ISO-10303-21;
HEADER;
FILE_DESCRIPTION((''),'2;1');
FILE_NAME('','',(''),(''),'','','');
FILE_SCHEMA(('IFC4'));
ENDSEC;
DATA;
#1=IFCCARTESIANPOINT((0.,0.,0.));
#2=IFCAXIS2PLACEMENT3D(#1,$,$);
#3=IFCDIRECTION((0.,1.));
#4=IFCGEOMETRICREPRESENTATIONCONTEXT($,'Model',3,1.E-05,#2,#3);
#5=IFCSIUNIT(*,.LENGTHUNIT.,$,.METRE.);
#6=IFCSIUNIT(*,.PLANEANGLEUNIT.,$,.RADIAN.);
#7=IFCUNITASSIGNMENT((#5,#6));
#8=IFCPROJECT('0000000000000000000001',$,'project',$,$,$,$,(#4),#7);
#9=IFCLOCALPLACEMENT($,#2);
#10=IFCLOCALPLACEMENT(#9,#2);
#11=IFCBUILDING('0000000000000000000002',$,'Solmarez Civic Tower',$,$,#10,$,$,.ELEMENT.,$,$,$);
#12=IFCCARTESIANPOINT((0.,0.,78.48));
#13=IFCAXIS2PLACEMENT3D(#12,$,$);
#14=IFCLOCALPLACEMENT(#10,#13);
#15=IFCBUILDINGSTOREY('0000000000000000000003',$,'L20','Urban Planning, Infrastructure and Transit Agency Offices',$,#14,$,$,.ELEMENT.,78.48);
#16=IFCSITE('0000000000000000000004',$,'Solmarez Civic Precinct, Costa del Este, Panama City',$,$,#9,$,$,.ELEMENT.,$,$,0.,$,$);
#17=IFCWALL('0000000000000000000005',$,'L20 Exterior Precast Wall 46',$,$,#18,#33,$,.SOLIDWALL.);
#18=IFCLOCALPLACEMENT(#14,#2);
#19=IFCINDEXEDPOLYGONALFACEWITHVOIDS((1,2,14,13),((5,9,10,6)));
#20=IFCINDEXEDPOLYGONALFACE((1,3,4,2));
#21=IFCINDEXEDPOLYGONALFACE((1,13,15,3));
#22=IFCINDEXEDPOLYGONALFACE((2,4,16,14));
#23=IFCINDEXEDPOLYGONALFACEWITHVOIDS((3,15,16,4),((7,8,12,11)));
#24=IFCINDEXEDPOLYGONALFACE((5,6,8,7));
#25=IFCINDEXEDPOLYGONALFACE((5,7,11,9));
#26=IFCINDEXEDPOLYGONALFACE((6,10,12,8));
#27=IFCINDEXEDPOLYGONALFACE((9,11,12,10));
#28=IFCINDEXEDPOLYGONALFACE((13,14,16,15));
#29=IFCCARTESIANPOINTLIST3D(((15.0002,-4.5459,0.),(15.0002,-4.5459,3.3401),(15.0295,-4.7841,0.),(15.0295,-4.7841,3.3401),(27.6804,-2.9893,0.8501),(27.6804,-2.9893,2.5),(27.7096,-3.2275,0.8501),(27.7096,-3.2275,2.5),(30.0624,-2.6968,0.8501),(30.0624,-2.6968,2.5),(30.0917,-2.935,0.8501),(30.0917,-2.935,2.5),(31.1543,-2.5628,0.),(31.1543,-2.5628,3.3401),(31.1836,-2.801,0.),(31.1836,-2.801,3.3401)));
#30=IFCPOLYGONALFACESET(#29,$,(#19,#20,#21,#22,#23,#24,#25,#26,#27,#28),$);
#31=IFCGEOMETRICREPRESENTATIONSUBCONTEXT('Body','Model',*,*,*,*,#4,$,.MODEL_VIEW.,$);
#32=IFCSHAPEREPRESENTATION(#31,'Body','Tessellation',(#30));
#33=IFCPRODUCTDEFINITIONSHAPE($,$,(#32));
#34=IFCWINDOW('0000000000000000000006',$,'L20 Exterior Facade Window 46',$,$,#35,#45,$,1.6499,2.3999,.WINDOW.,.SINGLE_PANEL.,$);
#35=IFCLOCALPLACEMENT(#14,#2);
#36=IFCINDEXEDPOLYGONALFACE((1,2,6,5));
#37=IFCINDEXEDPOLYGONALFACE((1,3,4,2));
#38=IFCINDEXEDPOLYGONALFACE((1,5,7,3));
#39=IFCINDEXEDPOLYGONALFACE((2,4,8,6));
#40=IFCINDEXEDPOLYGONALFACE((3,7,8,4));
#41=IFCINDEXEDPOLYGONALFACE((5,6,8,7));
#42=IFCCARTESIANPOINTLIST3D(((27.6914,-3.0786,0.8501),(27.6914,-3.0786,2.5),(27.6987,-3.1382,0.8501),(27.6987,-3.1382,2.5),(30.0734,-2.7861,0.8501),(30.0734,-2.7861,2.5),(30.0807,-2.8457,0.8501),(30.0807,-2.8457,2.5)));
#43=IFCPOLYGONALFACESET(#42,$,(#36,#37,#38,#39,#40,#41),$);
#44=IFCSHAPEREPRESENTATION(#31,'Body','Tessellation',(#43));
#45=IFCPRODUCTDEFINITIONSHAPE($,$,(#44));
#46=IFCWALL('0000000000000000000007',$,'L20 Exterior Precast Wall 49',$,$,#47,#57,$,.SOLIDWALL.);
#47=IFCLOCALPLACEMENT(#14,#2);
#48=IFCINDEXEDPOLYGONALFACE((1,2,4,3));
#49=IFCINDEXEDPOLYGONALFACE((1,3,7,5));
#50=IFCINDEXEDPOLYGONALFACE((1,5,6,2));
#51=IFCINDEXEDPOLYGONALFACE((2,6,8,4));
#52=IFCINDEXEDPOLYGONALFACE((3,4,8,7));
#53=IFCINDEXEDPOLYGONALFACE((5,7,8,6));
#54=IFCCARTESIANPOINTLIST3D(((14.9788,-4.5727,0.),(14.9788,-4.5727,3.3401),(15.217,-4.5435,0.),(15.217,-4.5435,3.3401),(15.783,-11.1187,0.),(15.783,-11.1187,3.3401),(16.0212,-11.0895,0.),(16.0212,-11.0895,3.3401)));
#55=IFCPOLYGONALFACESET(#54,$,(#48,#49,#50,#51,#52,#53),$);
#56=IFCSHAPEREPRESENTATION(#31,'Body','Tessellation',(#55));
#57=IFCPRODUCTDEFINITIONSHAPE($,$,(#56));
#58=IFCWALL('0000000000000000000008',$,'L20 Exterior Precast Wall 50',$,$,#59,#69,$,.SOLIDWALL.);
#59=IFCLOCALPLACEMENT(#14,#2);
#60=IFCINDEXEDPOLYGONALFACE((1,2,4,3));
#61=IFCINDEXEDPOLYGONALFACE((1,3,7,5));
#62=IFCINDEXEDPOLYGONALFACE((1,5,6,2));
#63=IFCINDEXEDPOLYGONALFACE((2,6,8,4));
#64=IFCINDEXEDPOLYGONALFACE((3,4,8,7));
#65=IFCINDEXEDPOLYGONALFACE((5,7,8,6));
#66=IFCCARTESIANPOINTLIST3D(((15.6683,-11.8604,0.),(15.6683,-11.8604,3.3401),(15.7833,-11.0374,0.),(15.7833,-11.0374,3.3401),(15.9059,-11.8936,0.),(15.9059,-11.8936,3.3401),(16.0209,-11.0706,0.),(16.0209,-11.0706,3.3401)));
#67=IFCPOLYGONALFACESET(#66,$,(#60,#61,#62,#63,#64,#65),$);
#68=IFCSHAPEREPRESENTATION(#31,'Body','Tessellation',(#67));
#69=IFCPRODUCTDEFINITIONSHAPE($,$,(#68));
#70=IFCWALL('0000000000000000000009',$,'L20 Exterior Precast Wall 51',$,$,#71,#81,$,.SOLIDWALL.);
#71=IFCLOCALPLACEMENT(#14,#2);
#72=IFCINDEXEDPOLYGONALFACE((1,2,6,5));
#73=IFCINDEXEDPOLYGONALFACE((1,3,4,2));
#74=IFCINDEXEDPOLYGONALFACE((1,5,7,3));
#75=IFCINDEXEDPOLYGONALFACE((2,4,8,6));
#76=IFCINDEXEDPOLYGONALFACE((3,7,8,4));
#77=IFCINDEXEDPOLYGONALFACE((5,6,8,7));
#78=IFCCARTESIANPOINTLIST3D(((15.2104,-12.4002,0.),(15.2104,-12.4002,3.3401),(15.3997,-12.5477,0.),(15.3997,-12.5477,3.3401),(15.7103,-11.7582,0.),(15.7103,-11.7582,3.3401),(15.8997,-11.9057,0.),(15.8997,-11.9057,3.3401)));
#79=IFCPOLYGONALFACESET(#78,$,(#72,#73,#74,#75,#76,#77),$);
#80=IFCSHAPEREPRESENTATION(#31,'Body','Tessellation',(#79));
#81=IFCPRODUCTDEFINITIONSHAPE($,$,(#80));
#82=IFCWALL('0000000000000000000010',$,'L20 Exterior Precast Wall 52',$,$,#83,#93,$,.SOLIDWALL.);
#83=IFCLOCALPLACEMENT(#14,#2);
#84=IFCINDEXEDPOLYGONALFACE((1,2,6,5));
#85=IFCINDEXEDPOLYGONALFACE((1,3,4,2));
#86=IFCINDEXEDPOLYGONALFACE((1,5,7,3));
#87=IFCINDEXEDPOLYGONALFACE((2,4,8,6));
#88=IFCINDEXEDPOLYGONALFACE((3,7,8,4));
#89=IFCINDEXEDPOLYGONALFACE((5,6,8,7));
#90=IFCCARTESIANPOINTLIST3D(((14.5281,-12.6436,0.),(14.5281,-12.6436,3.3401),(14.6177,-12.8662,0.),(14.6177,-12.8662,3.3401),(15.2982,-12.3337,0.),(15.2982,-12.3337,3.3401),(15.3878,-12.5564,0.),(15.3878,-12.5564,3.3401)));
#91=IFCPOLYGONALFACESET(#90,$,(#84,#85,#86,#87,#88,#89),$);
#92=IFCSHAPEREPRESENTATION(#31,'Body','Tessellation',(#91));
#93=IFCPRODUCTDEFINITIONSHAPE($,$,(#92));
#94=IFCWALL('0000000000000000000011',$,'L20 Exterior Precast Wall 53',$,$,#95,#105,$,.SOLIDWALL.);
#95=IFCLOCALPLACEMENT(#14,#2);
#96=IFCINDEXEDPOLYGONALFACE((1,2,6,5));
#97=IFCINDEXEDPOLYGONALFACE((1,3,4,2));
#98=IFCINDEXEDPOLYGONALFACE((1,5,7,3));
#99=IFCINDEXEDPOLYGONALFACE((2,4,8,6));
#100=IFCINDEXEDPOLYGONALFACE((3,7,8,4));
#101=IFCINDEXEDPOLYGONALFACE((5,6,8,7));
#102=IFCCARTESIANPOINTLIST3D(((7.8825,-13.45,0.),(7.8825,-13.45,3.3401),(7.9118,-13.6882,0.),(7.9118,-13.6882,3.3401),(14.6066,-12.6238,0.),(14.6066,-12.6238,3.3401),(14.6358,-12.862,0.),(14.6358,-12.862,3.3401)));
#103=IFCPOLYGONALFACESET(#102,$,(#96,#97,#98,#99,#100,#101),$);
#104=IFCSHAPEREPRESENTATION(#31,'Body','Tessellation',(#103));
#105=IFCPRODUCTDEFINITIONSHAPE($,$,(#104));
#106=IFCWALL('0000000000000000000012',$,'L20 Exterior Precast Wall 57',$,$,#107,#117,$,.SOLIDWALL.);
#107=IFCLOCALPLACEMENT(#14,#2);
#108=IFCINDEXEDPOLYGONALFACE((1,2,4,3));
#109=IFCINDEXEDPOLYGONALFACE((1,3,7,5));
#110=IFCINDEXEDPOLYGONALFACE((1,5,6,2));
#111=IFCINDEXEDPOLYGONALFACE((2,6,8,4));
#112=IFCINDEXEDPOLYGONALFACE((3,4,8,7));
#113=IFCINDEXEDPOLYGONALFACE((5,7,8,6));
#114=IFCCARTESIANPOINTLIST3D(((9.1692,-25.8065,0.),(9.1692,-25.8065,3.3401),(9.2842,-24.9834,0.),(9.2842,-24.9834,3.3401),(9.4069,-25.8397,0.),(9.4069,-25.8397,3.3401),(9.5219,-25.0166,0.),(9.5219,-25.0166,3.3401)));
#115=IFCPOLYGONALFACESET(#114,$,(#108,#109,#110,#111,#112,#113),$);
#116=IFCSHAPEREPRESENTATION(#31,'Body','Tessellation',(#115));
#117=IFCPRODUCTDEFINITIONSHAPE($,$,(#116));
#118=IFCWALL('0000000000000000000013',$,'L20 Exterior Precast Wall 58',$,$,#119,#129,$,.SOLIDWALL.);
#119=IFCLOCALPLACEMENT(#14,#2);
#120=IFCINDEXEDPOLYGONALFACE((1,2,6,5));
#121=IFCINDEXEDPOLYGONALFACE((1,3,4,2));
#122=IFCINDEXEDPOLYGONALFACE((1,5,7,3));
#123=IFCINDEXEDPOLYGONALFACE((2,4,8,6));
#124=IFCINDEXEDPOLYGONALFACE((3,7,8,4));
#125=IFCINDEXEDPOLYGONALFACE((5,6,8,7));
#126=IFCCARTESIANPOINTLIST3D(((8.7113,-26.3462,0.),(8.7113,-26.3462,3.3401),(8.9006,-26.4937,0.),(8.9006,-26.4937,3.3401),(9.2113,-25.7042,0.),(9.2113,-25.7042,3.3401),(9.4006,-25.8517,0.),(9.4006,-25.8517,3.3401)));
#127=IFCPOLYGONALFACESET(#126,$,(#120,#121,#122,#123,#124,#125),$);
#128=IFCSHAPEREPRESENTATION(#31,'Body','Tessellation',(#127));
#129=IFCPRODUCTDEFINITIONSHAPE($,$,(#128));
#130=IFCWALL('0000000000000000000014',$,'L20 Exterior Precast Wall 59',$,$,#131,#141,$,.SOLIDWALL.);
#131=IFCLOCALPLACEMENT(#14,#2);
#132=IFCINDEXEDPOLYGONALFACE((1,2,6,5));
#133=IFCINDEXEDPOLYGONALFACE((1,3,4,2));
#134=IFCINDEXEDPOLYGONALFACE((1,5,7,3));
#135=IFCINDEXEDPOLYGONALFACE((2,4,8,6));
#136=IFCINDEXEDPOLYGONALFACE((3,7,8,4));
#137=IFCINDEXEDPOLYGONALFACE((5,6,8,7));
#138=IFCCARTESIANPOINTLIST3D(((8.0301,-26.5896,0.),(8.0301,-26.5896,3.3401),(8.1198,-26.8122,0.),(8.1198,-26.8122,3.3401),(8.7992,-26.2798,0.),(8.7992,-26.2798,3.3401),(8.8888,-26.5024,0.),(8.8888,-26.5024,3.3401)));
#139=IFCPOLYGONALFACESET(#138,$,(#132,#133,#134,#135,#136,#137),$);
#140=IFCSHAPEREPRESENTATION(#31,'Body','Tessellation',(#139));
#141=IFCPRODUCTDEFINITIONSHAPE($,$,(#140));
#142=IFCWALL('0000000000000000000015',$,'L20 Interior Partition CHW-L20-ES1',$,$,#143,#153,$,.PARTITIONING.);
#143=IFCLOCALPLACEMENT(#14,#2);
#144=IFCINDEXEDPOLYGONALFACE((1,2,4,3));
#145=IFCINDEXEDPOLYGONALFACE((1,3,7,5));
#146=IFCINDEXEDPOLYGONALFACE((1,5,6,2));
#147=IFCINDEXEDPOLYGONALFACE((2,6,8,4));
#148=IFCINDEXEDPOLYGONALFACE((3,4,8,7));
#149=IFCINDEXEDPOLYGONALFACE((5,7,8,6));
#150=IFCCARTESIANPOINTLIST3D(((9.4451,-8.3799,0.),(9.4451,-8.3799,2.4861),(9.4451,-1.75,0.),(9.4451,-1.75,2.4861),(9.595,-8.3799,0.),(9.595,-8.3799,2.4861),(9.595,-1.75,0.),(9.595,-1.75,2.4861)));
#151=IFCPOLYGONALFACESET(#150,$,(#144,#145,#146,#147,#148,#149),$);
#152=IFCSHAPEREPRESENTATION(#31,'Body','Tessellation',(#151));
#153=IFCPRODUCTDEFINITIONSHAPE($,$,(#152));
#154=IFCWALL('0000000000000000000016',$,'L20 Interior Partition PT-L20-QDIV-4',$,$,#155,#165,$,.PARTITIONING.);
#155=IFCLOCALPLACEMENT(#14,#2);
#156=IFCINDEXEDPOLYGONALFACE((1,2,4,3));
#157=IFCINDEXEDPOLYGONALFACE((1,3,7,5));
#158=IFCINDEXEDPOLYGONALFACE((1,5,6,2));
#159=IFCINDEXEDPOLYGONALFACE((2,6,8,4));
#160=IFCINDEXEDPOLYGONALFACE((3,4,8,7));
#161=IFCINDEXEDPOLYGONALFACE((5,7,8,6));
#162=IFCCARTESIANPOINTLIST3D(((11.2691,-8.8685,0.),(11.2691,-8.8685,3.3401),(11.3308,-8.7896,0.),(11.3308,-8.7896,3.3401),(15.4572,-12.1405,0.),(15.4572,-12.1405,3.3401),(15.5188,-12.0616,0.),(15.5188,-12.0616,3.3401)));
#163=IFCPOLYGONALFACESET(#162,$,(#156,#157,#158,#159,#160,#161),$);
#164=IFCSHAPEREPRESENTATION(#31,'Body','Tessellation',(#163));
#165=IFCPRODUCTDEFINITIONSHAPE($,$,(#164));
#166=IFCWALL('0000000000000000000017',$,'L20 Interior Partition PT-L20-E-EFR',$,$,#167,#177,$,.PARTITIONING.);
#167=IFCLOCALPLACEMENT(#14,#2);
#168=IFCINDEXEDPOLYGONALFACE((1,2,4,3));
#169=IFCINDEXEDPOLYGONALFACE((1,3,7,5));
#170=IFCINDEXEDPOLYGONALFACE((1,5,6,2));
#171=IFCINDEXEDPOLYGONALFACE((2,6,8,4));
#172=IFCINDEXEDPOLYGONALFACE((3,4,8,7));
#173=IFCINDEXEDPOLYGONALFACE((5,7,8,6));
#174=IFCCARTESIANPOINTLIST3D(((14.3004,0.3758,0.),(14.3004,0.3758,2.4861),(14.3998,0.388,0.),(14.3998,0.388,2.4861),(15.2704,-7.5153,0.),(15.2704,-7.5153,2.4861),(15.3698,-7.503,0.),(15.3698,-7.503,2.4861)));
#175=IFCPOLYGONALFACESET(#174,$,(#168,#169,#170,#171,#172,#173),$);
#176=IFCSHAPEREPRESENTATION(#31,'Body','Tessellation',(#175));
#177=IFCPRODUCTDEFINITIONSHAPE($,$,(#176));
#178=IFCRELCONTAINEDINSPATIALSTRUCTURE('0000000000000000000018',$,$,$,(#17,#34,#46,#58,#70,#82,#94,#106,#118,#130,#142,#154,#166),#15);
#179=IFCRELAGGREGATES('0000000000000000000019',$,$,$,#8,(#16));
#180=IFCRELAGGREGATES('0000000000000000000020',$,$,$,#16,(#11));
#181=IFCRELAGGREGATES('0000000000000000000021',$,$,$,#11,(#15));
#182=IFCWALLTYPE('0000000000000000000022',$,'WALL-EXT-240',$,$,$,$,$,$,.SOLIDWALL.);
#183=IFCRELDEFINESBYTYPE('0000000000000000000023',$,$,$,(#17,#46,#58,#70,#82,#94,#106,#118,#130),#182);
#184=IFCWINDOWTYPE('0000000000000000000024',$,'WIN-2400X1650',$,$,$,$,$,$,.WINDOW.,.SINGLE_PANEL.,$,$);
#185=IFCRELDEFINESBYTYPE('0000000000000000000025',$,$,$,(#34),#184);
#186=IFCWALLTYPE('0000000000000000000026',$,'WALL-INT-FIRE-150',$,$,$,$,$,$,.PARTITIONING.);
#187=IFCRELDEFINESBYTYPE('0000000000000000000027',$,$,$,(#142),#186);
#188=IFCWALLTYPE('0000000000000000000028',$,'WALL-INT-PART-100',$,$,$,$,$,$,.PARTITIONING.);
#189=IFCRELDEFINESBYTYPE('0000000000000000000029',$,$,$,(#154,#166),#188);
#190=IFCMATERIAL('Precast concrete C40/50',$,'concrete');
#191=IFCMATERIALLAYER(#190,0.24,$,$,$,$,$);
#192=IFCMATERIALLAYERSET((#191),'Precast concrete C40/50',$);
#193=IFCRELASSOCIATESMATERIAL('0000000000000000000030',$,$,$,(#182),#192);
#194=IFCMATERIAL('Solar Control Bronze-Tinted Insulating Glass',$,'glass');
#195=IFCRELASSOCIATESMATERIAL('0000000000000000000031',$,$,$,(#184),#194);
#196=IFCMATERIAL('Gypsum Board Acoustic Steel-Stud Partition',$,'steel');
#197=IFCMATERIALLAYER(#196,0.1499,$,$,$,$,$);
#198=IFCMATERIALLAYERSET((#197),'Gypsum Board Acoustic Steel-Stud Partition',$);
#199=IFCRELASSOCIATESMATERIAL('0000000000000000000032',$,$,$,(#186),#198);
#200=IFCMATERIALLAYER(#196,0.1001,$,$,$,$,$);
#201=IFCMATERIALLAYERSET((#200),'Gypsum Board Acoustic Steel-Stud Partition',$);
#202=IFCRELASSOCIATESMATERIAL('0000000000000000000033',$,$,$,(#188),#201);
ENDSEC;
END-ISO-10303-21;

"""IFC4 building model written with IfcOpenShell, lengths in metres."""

from ifc_helpers import new_model, si_unit, direction, frame, frame_2d, origin, place, context, subcontext, project, spatial, rectangle, extrude, material, layer, layer_set, type_object, element, fill, save


model = new_model("IFC4")

# Units and contexts
model_context = context("Model", 3, precision=1e-05, world=origin(), true_north=direction((0.0, 1.0)))
body_context = subcontext(model_context, "Body", "Model", "MODEL_VIEW")
ifc_project = project(units=[si_unit("LENGTHUNIT", "METRE"), si_unit("PLANEANGLEUNIT", "RADIAN")], contexts=[model_context])

# Site, building, storey
site_placement = place(None, origin())
site = spatial("IfcSite", under=ifc_project, at=site_placement, Name="Solmarez Civic Precinct, Costa del Este, Panama City", CompositionType="ELEMENT", RefElevation=0.0)
building_placement = place(site_placement, origin())
building = spatial("IfcBuilding", under=site, at=building_placement, Name="Solmarez Civic Tower", CompositionType="ELEMENT")
storey_placement = place(building_placement, frame((0.0, 0.0, 78.48)))
storey = spatial("IfcBuildingStorey", under=building, at=storey_placement, Name="L20", Description="Urban Planning, Infrastructure and Transit Agency Offices", CompositionType="ELEMENT", Elevation=78.48)

# Shared definitions
ifc_material_1 = material(Name="Precast concrete C40/50", Category="concrete")
ifc_layer_1 = layer(ifc_material_1, 0.24)
ifc_layer_set_1 = layer_set([ifc_layer_1], Name="Precast concrete C40/50")
wall_type_1 = type_object("IfcWallType", Name="WALL-EXT-240", PredefinedType="SOLIDWALL", material=ifc_layer_set_1)

# Wall, opening, window
wall_1_placement = place(storey_placement, frame((31.1689, -2.6819, 0.0), z_axis=(0.0, 0.0, 1.0), x_axis=(-0.992548, -0.12185, 0.0)))
wall_1 = element("IfcWall", 1, at=wall_1_placement, inside=storey, type_object=wall_type_1, Name="L20 Exterior Precast Wall 46", PredefinedType="SOLIDWALL", context=body_context, shape_type="SweptSolid", body=[
    extrude(rectangle(XDim=16.2754, YDim=0.24, at=frame_2d((8.1377, 0.0))), origin(), (0.0, 0.0, 1.0), 3.3401),
])
opening_1_placement = place(wall_1_placement, frame((1.1001, 0.0, 0.8501)))
opening_1 = element("IfcOpeningElement", 2, at=opening_1_placement, cuts=wall_1, PredefinedType="OPENING", context=body_context, shape_type="SweptSolid", body=[
    extrude(rectangle(XDim=2.3999, YDim=1.6499, at=frame_2d((1.2, 0.825))), frame((0.0, 0.1299, 0.0), z_axis=(0.0, -1.0, 0.0), x_axis=(1.0, 0.0, 0.0)), (0.0, 0.0, 1.0), 0.26),
])
ifc_material_2 = material(Name="Solar Control Bronze-Tinted Insulating Glass", Category="glass")
window_type = type_object("IfcWindowType", Name="WIN-2400X1650", PartitioningType="SINGLE_PANEL", PredefinedType="WINDOW", material=ifc_material_2)
window_placement = place(opening_1_placement, origin())
window = element("IfcWindow", 3, at=window_placement, inside=storey, type_object=window_type, Name="L20 Exterior Facade Window 46", OverallHeight=1.6499, OverallWidth=2.3999, PartitioningType="SINGLE_PANEL", PredefinedType="WINDOW", context=body_context, shape_type="SweptSolid", body=[
    extrude(rectangle(XDim=2.3999, YDim=1.6499, at=frame_2d((1.2, 0.825))), frame((0.0, 0.03, 0.0), z_axis=(0.0, -1.0, 0.0), x_axis=(1.0, 0.0, 0.0)), (0.0, 0.0, 1.0), 0.0601),
])
fill(opening_1, window)

# Walls
wall_2_placement = place(storey_placement, frame((15.0979, -4.5581, 0.0), z_axis=(0.0, 0.0, 1.0), x_axis=(0.121939, -0.992538, 0.0)))
element("IfcWall", 4, at=wall_2_placement, inside=storey, type_object=wall_type_1, Name="L20 Exterior Precast Wall 49", PredefinedType="SOLIDWALL", context=body_context, shape_type="SweptSolid", body=[
    extrude(rectangle(XDim=6.5952, YDim=0.24, at=frame_2d((3.2976, 0.0))), origin(), (0.0, 0.0, 1.0), 3.3401),
])
wall_3_placement = place(storey_placement, frame((15.9021, -11.054, 0.0), z_axis=(0.0, 0.0, 1.0), x_axis=(-0.138377, -0.99038, 0.0)))
element("IfcWall", 5, at=wall_3_placement, inside=storey, type_object=wall_type_1, Name="L20 Exterior Precast Wall 50", PredefinedType="SOLIDWALL", context=body_context, shape_type="SweptSolid", body=[
    extrude(rectangle(XDim=0.8311, YDim=0.24, at=frame_2d((0.4155, 0.0))), origin(), (0.0, 0.0, 1.0), 3.3401),
])
wall_4_placement = place(storey_placement, frame((15.8049, -11.832, 0.0), z_axis=(0.0, 0.0, 1.0), x_axis=(-0.614397, -0.788997, 0.0)))
element("IfcWall", 6, at=wall_4_placement, inside=storey, type_object=wall_type_1, Name="L20 Exterior Precast Wall 51", PredefinedType="SOLIDWALL", context=body_context, shape_type="SweptSolid", body=[
    extrude(rectangle(XDim=0.8137, YDim=0.24, at=frame_2d((0.4067, 0.0))), origin(), (0.0, 0.0, 1.0), 3.3401),
])
wall_5_placement = place(storey_placement, frame((15.343, -12.4451, 0.0), z_axis=(0.0, 0.0, 1.0), x_axis=(-0.927724, -0.373266, 0.0)))
element("IfcWall", 7, at=wall_5_placement, inside=storey, type_object=wall_type_1, Name="L20 Exterior Precast Wall 52", PredefinedType="SOLIDWALL", context=body_context, shape_type="SweptSolid", body=[
    extrude(rectangle(XDim=0.8301, YDim=0.24, at=frame_2d((0.415, 0.0))), origin(), (0.0, 0.0, 1.0), 3.3401),
])
wall_6_placement = place(storey_placement, frame((14.6211, -12.7429, 0.0), z_axis=(0.0, 0.0, 1.0), x_axis=(-0.992536, -0.12195, 0.0)))
element("IfcWall", 8, at=wall_6_placement, inside=storey, type_object=wall_type_1, Name="L20 Exterior Precast Wall 53", PredefinedType="SOLIDWALL", context=body_context, shape_type="SweptSolid", body=[
    extrude(rectangle(XDim=6.7747, YDim=0.24, at=frame_2d((3.3872, 0.0))), origin(), (0.0, 0.0, 1.0), 3.3401),
])
wall_7_placement = place(storey_placement, frame((9.4031, -25.0, 0.0), z_axis=(0.0, 0.0, 1.0), x_axis=(-0.138377, -0.99038, 0.0)))
element("IfcWall", 9, at=wall_7_placement, inside=storey, type_object=wall_type_1, Name="L20 Exterior Precast Wall 57", PredefinedType="SOLIDWALL", context=body_context, shape_type="SweptSolid", body=[
    extrude(rectangle(XDim=0.8311, YDim=0.24, at=frame_2d((0.4155, 0.0))), origin(), (0.0, 0.0, 1.0), 3.3401),
])
wall_8_placement = place(storey_placement, frame((9.3059, -25.7781, 0.0), z_axis=(0.0, 0.0, 1.0), x_axis=(-0.614543, -0.788883, 0.0)))
element("IfcWall", 10, at=wall_8_placement, inside=storey, type_object=wall_type_1, Name="L20 Exterior Precast Wall 58", PredefinedType="SOLIDWALL", context=body_context, shape_type="SweptSolid", body=[
    extrude(rectangle(XDim=0.8137, YDim=0.24, at=frame_2d((0.4067, 0.0))), origin(), (0.0, 0.0, 1.0), 3.3401),
])
wall_9_placement = place(storey_placement, frame((8.844, -26.3911, 0.0), z_axis=(0.0, 0.0, 1.0), x_axis=(-0.92756, -0.373674, 0.0)))
element("IfcWall", 11, at=wall_9_placement, inside=storey, type_object=wall_type_1, Name="L20 Exterior Precast Wall 59", PredefinedType="SOLIDWALL", context=body_context, shape_type="SweptSolid", body=[
    extrude(rectangle(XDim=0.8291, YDim=0.24, at=frame_2d((0.4146, 0.0))), origin(), (0.0, 0.0, 1.0), 3.3401),
])
ifc_material_3 = material(Name="Gypsum Board Acoustic Steel-Stud Partition", Category="steel")
ifc_layer_2 = layer(ifc_material_3, 0.1499)
ifc_layer_set_2 = layer_set([ifc_layer_2], Name="Gypsum Board Acoustic Steel-Stud Partition")
wall_type_2 = type_object("IfcWallType", Name="WALL-INT-FIRE-150", PredefinedType="PARTITIONING", material=ifc_layer_set_2)
wall_10_placement = place(storey_placement, frame((9.52, -8.3799, 0.0), z_axis=(0.0, 0.0, 1.0), x_axis=(0.0, 1.0, 0.0)))
element("IfcWall", 12, at=wall_10_placement, inside=storey, type_object=wall_type_2, Name="L20 Interior Partition CHW-L20-ES1", PredefinedType="PARTITIONING", context=body_context, shape_type="SweptSolid", body=[
    extrude(rectangle(XDim=6.6299, YDim=0.1499, at=frame_2d((3.3149, 0.0))), origin(), (0.0, 0.0, 1.0), 2.4861),
])
ifc_layer_3 = layer(ifc_material_3, 0.1001)
ifc_layer_set_3 = layer_set([ifc_layer_3], Name="Gypsum Board Acoustic Steel-Stud Partition")
wall_type_3 = type_object("IfcWallType", Name="WALL-INT-PART-100", PredefinedType="PARTITIONING", material=ifc_layer_set_3)
wall_11_placement = place(storey_placement, frame((11.3, -8.8291, 0.0), z_axis=(0.0, 0.0, 1.0), x_axis=(0.788015, -0.615657, 0.0)))
element("IfcWall", 13, at=wall_11_placement, inside=storey, type_object=wall_type_3, Name="L20 Interior Partition PT-L20-QDIV-4", PredefinedType="PARTITIONING", context=body_context, shape_type="SweptSolid", body=[
    extrude(rectangle(XDim=5.3147, YDim=0.1001, at=frame_2d((2.6572, 0.0))), origin(), (0.0, 0.0, 1.0), 3.3401),
])
wall_12_placement = place(storey_placement, frame((15.3201, -7.509, 0.0), z_axis=(0.0, 0.0, 1.0), x_axis=(-0.122001, 0.99253, 0.0)))
element("IfcWall", 14, at=wall_12_placement, inside=storey, type_object=wall_type_3, Name="L20 Interior Partition PT-L20-E-EFR", PredefinedType="PARTITIONING", context=body_context, shape_type="SweptSolid", body=[
    extrude(rectangle(XDim=7.9504, YDim=0.1001, at=frame_2d((3.9751, 0.0))), origin(), (0.0, 0.0, 1.0), 2.4861),
])

save(model, "model.ifc")
